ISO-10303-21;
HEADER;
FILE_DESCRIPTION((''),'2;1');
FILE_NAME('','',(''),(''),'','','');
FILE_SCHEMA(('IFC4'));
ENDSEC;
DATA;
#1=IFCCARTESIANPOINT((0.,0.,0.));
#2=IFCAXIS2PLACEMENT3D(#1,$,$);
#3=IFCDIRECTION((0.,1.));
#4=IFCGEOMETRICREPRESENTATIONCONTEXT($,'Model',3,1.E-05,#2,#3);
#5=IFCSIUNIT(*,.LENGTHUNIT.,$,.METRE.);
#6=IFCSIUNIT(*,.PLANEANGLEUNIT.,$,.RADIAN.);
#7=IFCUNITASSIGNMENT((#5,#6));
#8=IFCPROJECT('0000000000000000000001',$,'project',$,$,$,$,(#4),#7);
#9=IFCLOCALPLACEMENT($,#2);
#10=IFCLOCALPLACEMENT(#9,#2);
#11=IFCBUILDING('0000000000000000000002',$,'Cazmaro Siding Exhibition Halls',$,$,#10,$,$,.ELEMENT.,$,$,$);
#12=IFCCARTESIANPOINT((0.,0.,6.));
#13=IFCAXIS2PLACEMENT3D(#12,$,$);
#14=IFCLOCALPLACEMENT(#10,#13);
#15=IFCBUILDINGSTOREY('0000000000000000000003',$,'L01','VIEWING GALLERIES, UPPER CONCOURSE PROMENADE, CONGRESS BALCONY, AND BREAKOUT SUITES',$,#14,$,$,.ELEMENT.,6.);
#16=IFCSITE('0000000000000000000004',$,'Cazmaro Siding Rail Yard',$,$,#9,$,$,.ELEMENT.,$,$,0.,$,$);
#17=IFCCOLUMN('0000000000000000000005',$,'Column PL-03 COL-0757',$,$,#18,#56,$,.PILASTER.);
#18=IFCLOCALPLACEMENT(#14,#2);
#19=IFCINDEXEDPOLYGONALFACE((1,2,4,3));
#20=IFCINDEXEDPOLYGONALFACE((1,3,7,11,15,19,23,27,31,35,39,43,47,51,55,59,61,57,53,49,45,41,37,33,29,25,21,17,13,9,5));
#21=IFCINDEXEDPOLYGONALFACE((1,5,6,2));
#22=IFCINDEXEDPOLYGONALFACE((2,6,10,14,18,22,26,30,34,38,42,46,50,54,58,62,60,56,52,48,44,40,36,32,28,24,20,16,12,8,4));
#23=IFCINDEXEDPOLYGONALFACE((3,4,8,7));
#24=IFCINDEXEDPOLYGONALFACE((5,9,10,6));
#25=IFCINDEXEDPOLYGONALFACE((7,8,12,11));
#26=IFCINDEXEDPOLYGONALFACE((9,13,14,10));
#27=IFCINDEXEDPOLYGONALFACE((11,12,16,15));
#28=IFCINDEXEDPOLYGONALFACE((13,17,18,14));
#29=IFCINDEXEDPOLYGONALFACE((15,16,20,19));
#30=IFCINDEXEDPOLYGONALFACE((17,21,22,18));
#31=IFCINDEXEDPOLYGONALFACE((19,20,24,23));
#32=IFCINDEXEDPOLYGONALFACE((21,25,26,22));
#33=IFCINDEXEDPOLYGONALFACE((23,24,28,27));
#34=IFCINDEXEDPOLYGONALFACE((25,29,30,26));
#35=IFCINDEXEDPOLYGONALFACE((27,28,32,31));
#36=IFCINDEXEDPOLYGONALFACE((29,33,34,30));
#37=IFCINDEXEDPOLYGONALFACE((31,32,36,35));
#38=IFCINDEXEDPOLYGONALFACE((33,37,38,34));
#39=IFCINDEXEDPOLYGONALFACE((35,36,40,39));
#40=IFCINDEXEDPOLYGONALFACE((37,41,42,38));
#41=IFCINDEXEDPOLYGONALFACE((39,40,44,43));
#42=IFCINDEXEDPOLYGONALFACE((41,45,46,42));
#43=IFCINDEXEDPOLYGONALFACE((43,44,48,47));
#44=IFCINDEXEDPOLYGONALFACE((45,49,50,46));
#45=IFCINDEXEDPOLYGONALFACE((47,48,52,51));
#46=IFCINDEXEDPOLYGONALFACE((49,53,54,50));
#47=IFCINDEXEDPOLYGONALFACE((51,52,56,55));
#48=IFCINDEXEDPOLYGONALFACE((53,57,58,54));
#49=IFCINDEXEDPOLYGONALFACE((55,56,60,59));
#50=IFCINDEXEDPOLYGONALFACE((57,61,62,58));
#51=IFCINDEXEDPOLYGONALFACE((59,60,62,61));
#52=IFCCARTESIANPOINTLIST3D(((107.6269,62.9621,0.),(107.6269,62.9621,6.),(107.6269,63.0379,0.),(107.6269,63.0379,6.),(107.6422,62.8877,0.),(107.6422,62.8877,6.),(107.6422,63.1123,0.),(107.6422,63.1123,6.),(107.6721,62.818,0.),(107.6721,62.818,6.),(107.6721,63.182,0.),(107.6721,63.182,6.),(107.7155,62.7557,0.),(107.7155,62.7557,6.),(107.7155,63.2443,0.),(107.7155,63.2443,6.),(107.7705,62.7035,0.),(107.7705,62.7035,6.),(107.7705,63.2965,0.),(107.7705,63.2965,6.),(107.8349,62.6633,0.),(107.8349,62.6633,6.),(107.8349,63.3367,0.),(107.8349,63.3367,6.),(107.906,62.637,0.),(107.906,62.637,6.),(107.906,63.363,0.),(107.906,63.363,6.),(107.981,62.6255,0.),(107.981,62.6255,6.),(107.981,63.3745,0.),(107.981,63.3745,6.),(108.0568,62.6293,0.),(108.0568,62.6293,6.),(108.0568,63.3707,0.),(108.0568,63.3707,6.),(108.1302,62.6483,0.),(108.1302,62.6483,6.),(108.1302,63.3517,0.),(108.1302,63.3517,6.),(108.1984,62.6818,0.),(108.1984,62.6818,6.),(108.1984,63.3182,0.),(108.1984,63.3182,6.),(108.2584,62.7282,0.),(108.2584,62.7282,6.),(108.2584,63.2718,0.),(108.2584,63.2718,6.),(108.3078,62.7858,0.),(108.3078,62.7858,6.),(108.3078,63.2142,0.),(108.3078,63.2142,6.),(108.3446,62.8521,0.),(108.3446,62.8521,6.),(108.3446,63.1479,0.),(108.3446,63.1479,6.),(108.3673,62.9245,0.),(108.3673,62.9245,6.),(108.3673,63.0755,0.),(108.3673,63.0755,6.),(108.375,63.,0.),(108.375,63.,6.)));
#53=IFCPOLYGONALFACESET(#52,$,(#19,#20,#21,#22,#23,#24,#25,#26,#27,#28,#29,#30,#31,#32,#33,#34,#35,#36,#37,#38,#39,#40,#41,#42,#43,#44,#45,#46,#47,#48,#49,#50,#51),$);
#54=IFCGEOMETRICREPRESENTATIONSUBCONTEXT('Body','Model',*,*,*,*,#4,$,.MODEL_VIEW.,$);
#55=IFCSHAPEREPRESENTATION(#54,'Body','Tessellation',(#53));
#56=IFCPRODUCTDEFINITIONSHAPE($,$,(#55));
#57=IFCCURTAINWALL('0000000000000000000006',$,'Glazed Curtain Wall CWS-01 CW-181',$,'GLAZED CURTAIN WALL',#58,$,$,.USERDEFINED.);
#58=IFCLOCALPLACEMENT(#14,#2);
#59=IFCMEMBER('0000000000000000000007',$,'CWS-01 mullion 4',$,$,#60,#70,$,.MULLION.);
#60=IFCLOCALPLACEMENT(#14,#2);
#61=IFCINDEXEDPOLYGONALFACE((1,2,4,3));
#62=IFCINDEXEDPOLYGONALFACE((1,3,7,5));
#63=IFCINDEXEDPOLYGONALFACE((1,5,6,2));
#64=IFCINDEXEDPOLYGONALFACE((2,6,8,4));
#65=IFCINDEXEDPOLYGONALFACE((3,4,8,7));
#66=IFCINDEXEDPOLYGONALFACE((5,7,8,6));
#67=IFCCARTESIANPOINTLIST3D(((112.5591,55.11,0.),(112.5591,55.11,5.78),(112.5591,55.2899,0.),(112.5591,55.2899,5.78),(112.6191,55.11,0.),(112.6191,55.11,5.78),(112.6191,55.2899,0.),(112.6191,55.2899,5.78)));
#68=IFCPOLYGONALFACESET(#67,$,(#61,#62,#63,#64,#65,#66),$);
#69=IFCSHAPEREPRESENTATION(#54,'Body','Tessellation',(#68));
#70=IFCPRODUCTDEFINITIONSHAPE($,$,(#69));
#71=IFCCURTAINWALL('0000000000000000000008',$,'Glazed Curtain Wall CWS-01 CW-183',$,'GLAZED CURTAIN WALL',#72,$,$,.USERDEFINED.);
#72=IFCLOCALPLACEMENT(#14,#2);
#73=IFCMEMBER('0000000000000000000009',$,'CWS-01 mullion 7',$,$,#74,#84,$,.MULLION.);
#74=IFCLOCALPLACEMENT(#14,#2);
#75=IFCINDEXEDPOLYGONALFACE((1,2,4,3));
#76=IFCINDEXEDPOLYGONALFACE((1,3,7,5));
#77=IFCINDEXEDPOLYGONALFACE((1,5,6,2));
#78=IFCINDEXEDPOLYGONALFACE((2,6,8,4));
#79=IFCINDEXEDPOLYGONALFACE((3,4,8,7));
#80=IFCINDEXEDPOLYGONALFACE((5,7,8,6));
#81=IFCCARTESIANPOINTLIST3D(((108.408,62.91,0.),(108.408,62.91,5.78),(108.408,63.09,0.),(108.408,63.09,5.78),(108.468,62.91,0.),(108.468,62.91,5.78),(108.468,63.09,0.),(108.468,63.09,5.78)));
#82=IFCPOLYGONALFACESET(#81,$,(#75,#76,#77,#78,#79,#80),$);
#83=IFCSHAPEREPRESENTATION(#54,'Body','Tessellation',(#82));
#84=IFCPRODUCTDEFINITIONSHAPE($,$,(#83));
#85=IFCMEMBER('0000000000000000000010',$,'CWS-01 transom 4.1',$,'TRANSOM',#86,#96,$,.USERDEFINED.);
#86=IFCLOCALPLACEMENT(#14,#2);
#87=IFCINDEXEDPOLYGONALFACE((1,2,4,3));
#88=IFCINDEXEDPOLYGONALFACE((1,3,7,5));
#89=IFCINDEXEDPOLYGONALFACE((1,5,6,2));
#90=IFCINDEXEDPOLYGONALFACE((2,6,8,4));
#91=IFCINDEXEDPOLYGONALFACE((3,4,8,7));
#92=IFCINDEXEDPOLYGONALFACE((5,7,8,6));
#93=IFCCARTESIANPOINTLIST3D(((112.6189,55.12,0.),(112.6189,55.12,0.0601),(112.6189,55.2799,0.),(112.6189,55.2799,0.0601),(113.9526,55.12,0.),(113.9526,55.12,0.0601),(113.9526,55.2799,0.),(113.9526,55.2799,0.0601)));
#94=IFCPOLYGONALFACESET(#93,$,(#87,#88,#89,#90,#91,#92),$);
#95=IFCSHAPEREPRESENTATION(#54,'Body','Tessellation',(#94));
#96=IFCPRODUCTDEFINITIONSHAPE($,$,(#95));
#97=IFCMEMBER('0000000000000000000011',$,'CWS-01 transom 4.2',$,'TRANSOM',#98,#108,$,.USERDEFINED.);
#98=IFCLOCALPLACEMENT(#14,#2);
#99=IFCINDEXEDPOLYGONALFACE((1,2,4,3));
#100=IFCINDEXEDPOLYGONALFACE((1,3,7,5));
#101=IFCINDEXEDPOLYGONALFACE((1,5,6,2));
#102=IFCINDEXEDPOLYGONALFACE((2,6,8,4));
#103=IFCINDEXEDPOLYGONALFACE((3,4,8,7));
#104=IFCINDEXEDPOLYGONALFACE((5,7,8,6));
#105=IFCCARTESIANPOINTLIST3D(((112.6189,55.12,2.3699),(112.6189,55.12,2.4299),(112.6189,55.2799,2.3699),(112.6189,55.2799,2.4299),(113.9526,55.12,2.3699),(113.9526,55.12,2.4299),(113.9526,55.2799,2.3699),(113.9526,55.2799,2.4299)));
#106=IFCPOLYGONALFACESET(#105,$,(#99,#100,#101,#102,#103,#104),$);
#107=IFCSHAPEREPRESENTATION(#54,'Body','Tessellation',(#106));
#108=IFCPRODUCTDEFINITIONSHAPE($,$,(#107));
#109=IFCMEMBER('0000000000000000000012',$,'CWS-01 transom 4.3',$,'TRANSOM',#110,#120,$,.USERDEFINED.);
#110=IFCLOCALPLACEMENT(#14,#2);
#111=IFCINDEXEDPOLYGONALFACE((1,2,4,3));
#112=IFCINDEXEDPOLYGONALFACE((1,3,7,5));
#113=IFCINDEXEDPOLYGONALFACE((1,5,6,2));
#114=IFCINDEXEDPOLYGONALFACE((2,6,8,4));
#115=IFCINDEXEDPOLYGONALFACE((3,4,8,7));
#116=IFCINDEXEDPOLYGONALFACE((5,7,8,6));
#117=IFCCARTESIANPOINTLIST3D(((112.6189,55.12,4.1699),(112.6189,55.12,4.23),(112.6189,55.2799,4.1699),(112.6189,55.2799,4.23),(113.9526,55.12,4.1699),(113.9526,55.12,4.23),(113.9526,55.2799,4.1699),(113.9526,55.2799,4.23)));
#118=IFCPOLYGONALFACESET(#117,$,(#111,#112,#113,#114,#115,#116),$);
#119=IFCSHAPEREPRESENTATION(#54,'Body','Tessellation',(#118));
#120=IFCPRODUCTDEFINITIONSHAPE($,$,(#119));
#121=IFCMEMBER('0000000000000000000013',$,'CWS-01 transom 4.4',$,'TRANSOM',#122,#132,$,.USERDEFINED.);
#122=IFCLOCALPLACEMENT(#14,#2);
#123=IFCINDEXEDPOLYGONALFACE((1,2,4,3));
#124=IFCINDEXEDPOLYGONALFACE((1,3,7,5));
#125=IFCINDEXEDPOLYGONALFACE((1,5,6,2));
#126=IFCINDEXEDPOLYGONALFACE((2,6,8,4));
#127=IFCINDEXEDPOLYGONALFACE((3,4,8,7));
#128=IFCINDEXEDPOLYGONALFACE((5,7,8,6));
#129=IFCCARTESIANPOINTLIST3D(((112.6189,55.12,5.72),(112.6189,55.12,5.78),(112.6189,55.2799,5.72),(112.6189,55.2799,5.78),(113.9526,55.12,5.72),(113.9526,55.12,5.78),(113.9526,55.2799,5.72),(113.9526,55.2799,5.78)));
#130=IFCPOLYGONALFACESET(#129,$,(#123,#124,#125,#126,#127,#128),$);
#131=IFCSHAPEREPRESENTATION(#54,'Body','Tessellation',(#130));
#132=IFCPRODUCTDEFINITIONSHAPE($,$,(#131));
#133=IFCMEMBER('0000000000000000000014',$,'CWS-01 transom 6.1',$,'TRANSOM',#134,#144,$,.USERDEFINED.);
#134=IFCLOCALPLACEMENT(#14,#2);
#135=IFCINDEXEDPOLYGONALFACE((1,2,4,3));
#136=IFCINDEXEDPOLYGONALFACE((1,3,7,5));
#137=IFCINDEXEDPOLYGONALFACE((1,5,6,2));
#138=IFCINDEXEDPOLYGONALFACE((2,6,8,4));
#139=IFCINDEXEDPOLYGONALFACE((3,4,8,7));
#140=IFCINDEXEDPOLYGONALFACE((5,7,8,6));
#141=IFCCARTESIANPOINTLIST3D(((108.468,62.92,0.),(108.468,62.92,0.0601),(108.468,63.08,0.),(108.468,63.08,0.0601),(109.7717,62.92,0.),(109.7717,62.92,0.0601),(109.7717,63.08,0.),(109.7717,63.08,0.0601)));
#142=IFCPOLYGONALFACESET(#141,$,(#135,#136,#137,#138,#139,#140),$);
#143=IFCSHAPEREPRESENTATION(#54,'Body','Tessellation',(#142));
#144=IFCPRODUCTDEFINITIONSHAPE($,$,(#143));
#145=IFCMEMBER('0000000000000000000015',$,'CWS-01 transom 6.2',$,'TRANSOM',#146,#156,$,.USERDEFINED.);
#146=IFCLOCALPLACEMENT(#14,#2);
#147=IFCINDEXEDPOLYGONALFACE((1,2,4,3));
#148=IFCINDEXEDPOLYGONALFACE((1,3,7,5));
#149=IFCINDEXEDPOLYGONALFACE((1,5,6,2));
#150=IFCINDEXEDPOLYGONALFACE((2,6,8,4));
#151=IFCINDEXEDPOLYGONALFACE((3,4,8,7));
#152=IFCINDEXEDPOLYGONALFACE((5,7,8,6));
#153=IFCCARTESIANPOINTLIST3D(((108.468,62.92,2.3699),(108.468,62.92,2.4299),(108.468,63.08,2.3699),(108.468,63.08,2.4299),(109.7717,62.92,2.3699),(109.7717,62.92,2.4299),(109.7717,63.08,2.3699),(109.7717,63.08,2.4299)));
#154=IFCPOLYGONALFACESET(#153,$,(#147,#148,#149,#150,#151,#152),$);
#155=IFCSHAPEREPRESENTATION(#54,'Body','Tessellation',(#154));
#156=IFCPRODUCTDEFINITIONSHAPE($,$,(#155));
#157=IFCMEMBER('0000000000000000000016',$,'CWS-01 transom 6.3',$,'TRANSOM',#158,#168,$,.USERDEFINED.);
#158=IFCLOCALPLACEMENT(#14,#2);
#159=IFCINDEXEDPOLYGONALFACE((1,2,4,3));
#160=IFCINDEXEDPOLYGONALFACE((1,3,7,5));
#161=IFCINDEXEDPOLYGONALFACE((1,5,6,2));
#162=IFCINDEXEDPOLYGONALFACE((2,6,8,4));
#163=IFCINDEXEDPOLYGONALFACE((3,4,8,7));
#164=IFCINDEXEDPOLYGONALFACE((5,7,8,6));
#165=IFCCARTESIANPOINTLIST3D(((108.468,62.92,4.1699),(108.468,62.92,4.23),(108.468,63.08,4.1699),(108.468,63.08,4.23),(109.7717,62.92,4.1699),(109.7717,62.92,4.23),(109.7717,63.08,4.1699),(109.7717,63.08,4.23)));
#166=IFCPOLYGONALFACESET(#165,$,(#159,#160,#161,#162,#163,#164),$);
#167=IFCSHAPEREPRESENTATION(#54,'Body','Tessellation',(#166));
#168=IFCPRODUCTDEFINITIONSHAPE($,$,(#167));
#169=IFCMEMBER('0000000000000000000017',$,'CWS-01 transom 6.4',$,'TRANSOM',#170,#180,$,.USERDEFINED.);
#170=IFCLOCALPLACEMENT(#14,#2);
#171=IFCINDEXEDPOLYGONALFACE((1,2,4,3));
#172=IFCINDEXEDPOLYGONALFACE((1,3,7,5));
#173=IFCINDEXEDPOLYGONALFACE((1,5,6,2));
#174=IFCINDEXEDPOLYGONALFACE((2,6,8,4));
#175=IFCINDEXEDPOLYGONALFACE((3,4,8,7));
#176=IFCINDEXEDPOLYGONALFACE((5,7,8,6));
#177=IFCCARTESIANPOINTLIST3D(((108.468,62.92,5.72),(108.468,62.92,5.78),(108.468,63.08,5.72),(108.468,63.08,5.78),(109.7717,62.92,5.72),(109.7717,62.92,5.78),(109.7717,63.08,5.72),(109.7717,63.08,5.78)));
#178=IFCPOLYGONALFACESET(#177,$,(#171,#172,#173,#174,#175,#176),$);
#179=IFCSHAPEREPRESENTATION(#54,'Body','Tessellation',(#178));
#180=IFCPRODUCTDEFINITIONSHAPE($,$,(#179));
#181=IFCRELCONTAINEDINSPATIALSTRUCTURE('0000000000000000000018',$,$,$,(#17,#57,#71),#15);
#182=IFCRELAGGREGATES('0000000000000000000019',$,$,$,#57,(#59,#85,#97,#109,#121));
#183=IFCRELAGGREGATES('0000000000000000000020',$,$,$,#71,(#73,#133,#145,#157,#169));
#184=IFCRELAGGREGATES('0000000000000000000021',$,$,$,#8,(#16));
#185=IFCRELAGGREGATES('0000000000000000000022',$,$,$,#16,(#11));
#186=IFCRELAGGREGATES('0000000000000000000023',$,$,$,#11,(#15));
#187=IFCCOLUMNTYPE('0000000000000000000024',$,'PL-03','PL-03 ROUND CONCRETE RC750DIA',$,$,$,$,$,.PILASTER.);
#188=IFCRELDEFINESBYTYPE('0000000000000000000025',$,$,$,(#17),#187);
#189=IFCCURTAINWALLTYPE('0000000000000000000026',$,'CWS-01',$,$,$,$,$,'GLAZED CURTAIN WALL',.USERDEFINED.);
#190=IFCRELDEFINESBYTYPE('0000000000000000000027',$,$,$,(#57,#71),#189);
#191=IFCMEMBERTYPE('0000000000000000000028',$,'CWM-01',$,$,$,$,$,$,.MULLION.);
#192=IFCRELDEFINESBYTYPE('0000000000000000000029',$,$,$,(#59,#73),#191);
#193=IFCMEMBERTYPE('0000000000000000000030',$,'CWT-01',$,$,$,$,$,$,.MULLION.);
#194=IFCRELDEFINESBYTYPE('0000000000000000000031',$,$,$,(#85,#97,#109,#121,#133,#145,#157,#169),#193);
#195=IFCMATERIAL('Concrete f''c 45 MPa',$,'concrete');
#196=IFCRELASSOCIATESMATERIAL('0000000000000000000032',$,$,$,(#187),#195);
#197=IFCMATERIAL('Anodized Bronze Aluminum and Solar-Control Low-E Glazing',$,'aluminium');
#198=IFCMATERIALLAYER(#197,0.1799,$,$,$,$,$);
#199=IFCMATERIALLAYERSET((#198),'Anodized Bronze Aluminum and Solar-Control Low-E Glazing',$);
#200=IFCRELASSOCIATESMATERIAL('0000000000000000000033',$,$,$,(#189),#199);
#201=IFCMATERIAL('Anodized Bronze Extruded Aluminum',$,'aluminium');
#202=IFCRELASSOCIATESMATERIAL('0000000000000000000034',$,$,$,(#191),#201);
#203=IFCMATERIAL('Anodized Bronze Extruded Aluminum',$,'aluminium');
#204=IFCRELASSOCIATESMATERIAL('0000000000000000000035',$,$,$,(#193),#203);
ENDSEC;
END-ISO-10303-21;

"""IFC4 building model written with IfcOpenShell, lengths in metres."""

from ifc_helpers import new_model, si_unit, direction, frame, origin, origin_2d, place, context, subcontext, project, spatial, rectangle, circle, extrude, material, layer, layer_set, material_profile, profile_set, type_object, element, aggregate, save


model = new_model("IFC4")

# Units and contexts
model_context = context("Model", 3, precision=1e-05, world=origin(), true_north=direction((0.0, 1.0)))
body_context = subcontext(model_context, "Body", "Model", "MODEL_VIEW")
ifc_project = project(units=[si_unit("LENGTHUNIT", "METRE"), si_unit("PLANEANGLEUNIT", "RADIAN")], contexts=[model_context])

# Site, building, storey
site_placement = place(None, origin())
site = spatial("IfcSite", under=ifc_project, at=site_placement, Name="Cazmaro Siding Rail Yard", CompositionType="ELEMENT", RefElevation=0.0)
building_placement = place(site_placement, origin())
building = spatial("IfcBuilding", under=site, at=building_placement, Name="Cazmaro Siding Exhibition Halls", CompositionType="ELEMENT")
storey_placement = place(building_placement, frame((0.0, 0.0, 6.0)))
storey = spatial("IfcBuildingStorey", under=building, at=storey_placement, Name="L01", Description="VIEWING GALLERIES, UPPER CONCOURSE PROMENADE, CONGRESS BALCONY, AND BREAKOUT SUITES", CompositionType="ELEMENT", Elevation=6.0)

# Column
ifc_material_1 = material(Name="Concrete f'c 45 MPa", Category="concrete")
ifc_material_profile_1 = material_profile(ifc_material_1, circle(Radius=0.375, at=origin_2d()), Name="RC750DIA")
ifc_profile_set_1 = profile_set([ifc_material_profile_1], Name="Concrete f'c 45 MPa")
column_type = type_object("IfcColumnType", Name="PL-03", Description="PL-03 ROUND CONCRETE RC750DIA", PredefinedType="PILASTER", material=ifc_profile_set_1)
column_placement = place(storey_placement, frame((108.0, 63.0, 0.0), z_axis=(0.0, 0.0, 1.0), x_axis=(1.0, 0.0, 0.0)))
element("IfcColumn", 1, at=column_placement, inside=storey, type_object=column_type, Name="Column PL-03 COL-0757", PredefinedType="PILASTER", context=body_context, shape_type="SweptSolid", body=[
    extrude(circle(Radius=0.375, at=origin_2d()), origin(), (0.0, 0.0, 1.0), 6.0),
])

# Curtain walls, members
ifc_material_2 = material(Name="Anodized Bronze Aluminum and Solar-Control Low-E Glazing", Category="aluminium")
ifc_layer_1 = layer(ifc_material_2, 0.1799)
ifc_layer_set_1 = layer_set([ifc_layer_1], Name="Anodized Bronze Aluminum and Solar-Control Low-E Glazing")
curtain_wall_type = type_object("IfcCurtainWallType", Name="CWS-01", ElementType="GLAZED CURTAIN WALL", PredefinedType="USERDEFINED", material=ifc_layer_set_1)
curtain_wall_1_placement = place(storey_placement, origin())
curtain_wall_1 = element("IfcCurtainWall", 2, at=curtain_wall_1_placement, inside=storey, type_object=curtain_wall_type, Name="Glazed Curtain Wall CWS-01 CW-181", ObjectType="GLAZED CURTAIN WALL", PredefinedType="USERDEFINED")
ifc_material_3 = material(Name="Anodized Bronze Extruded Aluminum", Category="aluminium")
ifc_material_profile_2 = material_profile(ifc_material_3, rectangle(XDim=0.1799, YDim=0.0601, at=origin_2d()), Name="CWM-01")
ifc_profile_set_2 = profile_set([ifc_material_profile_2], Name="Anodized Bronze Extruded Aluminum")
member_type_1 = type_object("IfcMemberType", Name="CWM-01", PredefinedType="MULLION", material=ifc_profile_set_2)
member_1_placement = place(storey_placement, frame((112.5891, 55.2, 0.0), z_axis=(0.0, 0.0, 1.0), x_axis=(0.0, 1.0, 0.0)))
member_1 = element("IfcMember", 3, at=member_1_placement, type_object=member_type_1, Name="CWS-01 mullion 4", PredefinedType="MULLION", context=body_context, shape_type="SweptSolid", body=[
    extrude(rectangle(XDim=0.1799, YDim=0.0601, at=origin_2d()), origin(), (0.0, 0.0, 1.0), 5.78),
])
curtain_wall_2_placement = place(storey_placement, origin())
curtain_wall_2 = element("IfcCurtainWall", 4, at=curtain_wall_2_placement, inside=storey, type_object=curtain_wall_type, Name="Glazed Curtain Wall CWS-01 CW-183", ObjectType="GLAZED CURTAIN WALL", PredefinedType="USERDEFINED")
member_2_placement = place(storey_placement, frame((108.438, 63.0, 0.0), z_axis=(0.0, 0.0, 1.0), x_axis=(0.0, -1.0, 0.0)))
member_2 = element("IfcMember", 5, at=member_2_placement, type_object=member_type_1, Name="CWS-01 mullion 7", PredefinedType="MULLION", context=body_context, shape_type="SweptSolid", body=[
    extrude(rectangle(XDim=0.1799, YDim=0.0601, at=origin_2d()), origin(), (0.0, 0.0, 1.0), 5.78),
])

# Members
ifc_material_4 = material(Name="Anodized Bronze Extruded Aluminum", Category="aluminium")
ifc_material_profile_3 = material_profile(ifc_material_4, rectangle(XDim=0.1599, YDim=0.0601, at=origin_2d()), Name="CWT-01")
ifc_profile_set_3 = profile_set([ifc_material_profile_3], Name="Anodized Bronze Extruded Aluminum")
member_type_2 = type_object("IfcMemberType", Name="CWT-01", PredefinedType="MULLION", material=ifc_profile_set_3)
member_3_placement = place(storey_placement, frame((112.6189, 55.2, 0.03), z_axis=(1.0, 0.0, 0.0), x_axis=(0.0, 1.0, 0.0)))
member_3 = element("IfcMember", 6, at=member_3_placement, type_object=member_type_2, Name="CWS-01 transom 4.1", ObjectType="TRANSOM", PredefinedType="USERDEFINED", context=body_context, shape_type="SweptSolid", body=[
    extrude(rectangle(XDim=0.1599, YDim=0.0601, at=origin_2d()), origin(), (0.0, 0.0, 1.0), 1.3337),
])
member_4_placement = place(storey_placement, frame((112.6189, 55.2, 2.3999), z_axis=(1.0, 0.0, 0.0), x_axis=(0.0, 1.0, 0.0)))
member_4 = element("IfcMember", 7, at=member_4_placement, type_object=member_type_2, Name="CWS-01 transom 4.2", ObjectType="TRANSOM", PredefinedType="USERDEFINED", context=body_context, shape_type="SweptSolid", body=[
    extrude(rectangle(XDim=0.1599, YDim=0.0601, at=origin_2d()), origin(), (0.0, 0.0, 1.0), 1.3337),
])
member_5_placement = place(storey_placement, frame((112.6189, 55.2, 4.2), z_axis=(1.0, 0.0, 0.0), x_axis=(0.0, 1.0, 0.0)))
member_5 = element("IfcMember", 8, at=member_5_placement, type_object=member_type_2, Name="CWS-01 transom 4.3", ObjectType="TRANSOM", PredefinedType="USERDEFINED", context=body_context, shape_type="SweptSolid", body=[
    extrude(rectangle(XDim=0.1599, YDim=0.0601, at=origin_2d()), origin(), (0.0, 0.0, 1.0), 1.3337),
])
member_6_placement = place(storey_placement, frame((112.6189, 55.2, 5.75), z_axis=(1.0, 0.0, 0.0), x_axis=(0.0, 1.0, 0.0)))
member_6 = element("IfcMember", 9, at=member_6_placement, type_object=member_type_2, Name="CWS-01 transom 4.4", ObjectType="TRANSOM", PredefinedType="USERDEFINED", context=body_context, shape_type="SweptSolid", body=[
    extrude(rectangle(XDim=0.1599, YDim=0.0601, at=origin_2d()), origin(), (0.0, 0.0, 1.0), 1.3337),
])
member_7_placement = place(storey_placement, frame((109.7717, 63.0, 0.03), z_axis=(-1.0, 0.0, 0.0), x_axis=(0.0, -1.0, 0.0)))
member_7 = element("IfcMember", 10, at=member_7_placement, type_object=member_type_2, Name="CWS-01 transom 6.1", ObjectType="TRANSOM", PredefinedType="USERDEFINED", context=body_context, shape_type="SweptSolid", body=[
    extrude(rectangle(XDim=0.1599, YDim=0.0601, at=origin_2d()), origin(), (0.0, 0.0, 1.0), 1.3037),
])
member_8_placement = place(storey_placement, frame((109.7717, 63.0, 2.3999), z_axis=(-1.0, 0.0, 0.0), x_axis=(0.0, -1.0, 0.0)))
member_8 = element("IfcMember", 11, at=member_8_placement, type_object=member_type_2, Name="CWS-01 transom 6.2", ObjectType="TRANSOM", PredefinedType="USERDEFINED", context=body_context, shape_type="SweptSolid", body=[
    extrude(rectangle(XDim=0.1599, YDim=0.0601, at=origin_2d()), origin(), (0.0, 0.0, 1.0), 1.3037),
])
member_9_placement = place(storey_placement, frame((109.7717, 63.0, 4.2), z_axis=(-1.0, 0.0, 0.0), x_axis=(0.0, -1.0, 0.0)))
member_9 = element("IfcMember", 12, at=member_9_placement, type_object=member_type_2, Name="CWS-01 transom 6.3", ObjectType="TRANSOM", PredefinedType="USERDEFINED", context=body_context, shape_type="SweptSolid", body=[
    extrude(rectangle(XDim=0.1599, YDim=0.0601, at=origin_2d()), origin(), (0.0, 0.0, 1.0), 1.3037),
])
member_10_placement = place(storey_placement, frame((109.7717, 63.0, 5.75), z_axis=(-1.0, 0.0, 0.0), x_axis=(0.0, -1.0, 0.0)))
member_10 = element("IfcMember", 13, at=member_10_placement, type_object=member_type_2, Name="CWS-01 transom 6.4", ObjectType="TRANSOM", PredefinedType="USERDEFINED", context=body_context, shape_type="SweptSolid", body=[
    extrude(rectangle(XDim=0.1599, YDim=0.0601, at=origin_2d()), origin(), (0.0, 0.0, 1.0), 1.3037),
])

aggregate(curtain_wall_1, [member_1, member_3, member_4, member_5, member_6])
aggregate(curtain_wall_2, [member_2, member_7, member_8, member_9, member_10])

save(model, "model.ifc")
